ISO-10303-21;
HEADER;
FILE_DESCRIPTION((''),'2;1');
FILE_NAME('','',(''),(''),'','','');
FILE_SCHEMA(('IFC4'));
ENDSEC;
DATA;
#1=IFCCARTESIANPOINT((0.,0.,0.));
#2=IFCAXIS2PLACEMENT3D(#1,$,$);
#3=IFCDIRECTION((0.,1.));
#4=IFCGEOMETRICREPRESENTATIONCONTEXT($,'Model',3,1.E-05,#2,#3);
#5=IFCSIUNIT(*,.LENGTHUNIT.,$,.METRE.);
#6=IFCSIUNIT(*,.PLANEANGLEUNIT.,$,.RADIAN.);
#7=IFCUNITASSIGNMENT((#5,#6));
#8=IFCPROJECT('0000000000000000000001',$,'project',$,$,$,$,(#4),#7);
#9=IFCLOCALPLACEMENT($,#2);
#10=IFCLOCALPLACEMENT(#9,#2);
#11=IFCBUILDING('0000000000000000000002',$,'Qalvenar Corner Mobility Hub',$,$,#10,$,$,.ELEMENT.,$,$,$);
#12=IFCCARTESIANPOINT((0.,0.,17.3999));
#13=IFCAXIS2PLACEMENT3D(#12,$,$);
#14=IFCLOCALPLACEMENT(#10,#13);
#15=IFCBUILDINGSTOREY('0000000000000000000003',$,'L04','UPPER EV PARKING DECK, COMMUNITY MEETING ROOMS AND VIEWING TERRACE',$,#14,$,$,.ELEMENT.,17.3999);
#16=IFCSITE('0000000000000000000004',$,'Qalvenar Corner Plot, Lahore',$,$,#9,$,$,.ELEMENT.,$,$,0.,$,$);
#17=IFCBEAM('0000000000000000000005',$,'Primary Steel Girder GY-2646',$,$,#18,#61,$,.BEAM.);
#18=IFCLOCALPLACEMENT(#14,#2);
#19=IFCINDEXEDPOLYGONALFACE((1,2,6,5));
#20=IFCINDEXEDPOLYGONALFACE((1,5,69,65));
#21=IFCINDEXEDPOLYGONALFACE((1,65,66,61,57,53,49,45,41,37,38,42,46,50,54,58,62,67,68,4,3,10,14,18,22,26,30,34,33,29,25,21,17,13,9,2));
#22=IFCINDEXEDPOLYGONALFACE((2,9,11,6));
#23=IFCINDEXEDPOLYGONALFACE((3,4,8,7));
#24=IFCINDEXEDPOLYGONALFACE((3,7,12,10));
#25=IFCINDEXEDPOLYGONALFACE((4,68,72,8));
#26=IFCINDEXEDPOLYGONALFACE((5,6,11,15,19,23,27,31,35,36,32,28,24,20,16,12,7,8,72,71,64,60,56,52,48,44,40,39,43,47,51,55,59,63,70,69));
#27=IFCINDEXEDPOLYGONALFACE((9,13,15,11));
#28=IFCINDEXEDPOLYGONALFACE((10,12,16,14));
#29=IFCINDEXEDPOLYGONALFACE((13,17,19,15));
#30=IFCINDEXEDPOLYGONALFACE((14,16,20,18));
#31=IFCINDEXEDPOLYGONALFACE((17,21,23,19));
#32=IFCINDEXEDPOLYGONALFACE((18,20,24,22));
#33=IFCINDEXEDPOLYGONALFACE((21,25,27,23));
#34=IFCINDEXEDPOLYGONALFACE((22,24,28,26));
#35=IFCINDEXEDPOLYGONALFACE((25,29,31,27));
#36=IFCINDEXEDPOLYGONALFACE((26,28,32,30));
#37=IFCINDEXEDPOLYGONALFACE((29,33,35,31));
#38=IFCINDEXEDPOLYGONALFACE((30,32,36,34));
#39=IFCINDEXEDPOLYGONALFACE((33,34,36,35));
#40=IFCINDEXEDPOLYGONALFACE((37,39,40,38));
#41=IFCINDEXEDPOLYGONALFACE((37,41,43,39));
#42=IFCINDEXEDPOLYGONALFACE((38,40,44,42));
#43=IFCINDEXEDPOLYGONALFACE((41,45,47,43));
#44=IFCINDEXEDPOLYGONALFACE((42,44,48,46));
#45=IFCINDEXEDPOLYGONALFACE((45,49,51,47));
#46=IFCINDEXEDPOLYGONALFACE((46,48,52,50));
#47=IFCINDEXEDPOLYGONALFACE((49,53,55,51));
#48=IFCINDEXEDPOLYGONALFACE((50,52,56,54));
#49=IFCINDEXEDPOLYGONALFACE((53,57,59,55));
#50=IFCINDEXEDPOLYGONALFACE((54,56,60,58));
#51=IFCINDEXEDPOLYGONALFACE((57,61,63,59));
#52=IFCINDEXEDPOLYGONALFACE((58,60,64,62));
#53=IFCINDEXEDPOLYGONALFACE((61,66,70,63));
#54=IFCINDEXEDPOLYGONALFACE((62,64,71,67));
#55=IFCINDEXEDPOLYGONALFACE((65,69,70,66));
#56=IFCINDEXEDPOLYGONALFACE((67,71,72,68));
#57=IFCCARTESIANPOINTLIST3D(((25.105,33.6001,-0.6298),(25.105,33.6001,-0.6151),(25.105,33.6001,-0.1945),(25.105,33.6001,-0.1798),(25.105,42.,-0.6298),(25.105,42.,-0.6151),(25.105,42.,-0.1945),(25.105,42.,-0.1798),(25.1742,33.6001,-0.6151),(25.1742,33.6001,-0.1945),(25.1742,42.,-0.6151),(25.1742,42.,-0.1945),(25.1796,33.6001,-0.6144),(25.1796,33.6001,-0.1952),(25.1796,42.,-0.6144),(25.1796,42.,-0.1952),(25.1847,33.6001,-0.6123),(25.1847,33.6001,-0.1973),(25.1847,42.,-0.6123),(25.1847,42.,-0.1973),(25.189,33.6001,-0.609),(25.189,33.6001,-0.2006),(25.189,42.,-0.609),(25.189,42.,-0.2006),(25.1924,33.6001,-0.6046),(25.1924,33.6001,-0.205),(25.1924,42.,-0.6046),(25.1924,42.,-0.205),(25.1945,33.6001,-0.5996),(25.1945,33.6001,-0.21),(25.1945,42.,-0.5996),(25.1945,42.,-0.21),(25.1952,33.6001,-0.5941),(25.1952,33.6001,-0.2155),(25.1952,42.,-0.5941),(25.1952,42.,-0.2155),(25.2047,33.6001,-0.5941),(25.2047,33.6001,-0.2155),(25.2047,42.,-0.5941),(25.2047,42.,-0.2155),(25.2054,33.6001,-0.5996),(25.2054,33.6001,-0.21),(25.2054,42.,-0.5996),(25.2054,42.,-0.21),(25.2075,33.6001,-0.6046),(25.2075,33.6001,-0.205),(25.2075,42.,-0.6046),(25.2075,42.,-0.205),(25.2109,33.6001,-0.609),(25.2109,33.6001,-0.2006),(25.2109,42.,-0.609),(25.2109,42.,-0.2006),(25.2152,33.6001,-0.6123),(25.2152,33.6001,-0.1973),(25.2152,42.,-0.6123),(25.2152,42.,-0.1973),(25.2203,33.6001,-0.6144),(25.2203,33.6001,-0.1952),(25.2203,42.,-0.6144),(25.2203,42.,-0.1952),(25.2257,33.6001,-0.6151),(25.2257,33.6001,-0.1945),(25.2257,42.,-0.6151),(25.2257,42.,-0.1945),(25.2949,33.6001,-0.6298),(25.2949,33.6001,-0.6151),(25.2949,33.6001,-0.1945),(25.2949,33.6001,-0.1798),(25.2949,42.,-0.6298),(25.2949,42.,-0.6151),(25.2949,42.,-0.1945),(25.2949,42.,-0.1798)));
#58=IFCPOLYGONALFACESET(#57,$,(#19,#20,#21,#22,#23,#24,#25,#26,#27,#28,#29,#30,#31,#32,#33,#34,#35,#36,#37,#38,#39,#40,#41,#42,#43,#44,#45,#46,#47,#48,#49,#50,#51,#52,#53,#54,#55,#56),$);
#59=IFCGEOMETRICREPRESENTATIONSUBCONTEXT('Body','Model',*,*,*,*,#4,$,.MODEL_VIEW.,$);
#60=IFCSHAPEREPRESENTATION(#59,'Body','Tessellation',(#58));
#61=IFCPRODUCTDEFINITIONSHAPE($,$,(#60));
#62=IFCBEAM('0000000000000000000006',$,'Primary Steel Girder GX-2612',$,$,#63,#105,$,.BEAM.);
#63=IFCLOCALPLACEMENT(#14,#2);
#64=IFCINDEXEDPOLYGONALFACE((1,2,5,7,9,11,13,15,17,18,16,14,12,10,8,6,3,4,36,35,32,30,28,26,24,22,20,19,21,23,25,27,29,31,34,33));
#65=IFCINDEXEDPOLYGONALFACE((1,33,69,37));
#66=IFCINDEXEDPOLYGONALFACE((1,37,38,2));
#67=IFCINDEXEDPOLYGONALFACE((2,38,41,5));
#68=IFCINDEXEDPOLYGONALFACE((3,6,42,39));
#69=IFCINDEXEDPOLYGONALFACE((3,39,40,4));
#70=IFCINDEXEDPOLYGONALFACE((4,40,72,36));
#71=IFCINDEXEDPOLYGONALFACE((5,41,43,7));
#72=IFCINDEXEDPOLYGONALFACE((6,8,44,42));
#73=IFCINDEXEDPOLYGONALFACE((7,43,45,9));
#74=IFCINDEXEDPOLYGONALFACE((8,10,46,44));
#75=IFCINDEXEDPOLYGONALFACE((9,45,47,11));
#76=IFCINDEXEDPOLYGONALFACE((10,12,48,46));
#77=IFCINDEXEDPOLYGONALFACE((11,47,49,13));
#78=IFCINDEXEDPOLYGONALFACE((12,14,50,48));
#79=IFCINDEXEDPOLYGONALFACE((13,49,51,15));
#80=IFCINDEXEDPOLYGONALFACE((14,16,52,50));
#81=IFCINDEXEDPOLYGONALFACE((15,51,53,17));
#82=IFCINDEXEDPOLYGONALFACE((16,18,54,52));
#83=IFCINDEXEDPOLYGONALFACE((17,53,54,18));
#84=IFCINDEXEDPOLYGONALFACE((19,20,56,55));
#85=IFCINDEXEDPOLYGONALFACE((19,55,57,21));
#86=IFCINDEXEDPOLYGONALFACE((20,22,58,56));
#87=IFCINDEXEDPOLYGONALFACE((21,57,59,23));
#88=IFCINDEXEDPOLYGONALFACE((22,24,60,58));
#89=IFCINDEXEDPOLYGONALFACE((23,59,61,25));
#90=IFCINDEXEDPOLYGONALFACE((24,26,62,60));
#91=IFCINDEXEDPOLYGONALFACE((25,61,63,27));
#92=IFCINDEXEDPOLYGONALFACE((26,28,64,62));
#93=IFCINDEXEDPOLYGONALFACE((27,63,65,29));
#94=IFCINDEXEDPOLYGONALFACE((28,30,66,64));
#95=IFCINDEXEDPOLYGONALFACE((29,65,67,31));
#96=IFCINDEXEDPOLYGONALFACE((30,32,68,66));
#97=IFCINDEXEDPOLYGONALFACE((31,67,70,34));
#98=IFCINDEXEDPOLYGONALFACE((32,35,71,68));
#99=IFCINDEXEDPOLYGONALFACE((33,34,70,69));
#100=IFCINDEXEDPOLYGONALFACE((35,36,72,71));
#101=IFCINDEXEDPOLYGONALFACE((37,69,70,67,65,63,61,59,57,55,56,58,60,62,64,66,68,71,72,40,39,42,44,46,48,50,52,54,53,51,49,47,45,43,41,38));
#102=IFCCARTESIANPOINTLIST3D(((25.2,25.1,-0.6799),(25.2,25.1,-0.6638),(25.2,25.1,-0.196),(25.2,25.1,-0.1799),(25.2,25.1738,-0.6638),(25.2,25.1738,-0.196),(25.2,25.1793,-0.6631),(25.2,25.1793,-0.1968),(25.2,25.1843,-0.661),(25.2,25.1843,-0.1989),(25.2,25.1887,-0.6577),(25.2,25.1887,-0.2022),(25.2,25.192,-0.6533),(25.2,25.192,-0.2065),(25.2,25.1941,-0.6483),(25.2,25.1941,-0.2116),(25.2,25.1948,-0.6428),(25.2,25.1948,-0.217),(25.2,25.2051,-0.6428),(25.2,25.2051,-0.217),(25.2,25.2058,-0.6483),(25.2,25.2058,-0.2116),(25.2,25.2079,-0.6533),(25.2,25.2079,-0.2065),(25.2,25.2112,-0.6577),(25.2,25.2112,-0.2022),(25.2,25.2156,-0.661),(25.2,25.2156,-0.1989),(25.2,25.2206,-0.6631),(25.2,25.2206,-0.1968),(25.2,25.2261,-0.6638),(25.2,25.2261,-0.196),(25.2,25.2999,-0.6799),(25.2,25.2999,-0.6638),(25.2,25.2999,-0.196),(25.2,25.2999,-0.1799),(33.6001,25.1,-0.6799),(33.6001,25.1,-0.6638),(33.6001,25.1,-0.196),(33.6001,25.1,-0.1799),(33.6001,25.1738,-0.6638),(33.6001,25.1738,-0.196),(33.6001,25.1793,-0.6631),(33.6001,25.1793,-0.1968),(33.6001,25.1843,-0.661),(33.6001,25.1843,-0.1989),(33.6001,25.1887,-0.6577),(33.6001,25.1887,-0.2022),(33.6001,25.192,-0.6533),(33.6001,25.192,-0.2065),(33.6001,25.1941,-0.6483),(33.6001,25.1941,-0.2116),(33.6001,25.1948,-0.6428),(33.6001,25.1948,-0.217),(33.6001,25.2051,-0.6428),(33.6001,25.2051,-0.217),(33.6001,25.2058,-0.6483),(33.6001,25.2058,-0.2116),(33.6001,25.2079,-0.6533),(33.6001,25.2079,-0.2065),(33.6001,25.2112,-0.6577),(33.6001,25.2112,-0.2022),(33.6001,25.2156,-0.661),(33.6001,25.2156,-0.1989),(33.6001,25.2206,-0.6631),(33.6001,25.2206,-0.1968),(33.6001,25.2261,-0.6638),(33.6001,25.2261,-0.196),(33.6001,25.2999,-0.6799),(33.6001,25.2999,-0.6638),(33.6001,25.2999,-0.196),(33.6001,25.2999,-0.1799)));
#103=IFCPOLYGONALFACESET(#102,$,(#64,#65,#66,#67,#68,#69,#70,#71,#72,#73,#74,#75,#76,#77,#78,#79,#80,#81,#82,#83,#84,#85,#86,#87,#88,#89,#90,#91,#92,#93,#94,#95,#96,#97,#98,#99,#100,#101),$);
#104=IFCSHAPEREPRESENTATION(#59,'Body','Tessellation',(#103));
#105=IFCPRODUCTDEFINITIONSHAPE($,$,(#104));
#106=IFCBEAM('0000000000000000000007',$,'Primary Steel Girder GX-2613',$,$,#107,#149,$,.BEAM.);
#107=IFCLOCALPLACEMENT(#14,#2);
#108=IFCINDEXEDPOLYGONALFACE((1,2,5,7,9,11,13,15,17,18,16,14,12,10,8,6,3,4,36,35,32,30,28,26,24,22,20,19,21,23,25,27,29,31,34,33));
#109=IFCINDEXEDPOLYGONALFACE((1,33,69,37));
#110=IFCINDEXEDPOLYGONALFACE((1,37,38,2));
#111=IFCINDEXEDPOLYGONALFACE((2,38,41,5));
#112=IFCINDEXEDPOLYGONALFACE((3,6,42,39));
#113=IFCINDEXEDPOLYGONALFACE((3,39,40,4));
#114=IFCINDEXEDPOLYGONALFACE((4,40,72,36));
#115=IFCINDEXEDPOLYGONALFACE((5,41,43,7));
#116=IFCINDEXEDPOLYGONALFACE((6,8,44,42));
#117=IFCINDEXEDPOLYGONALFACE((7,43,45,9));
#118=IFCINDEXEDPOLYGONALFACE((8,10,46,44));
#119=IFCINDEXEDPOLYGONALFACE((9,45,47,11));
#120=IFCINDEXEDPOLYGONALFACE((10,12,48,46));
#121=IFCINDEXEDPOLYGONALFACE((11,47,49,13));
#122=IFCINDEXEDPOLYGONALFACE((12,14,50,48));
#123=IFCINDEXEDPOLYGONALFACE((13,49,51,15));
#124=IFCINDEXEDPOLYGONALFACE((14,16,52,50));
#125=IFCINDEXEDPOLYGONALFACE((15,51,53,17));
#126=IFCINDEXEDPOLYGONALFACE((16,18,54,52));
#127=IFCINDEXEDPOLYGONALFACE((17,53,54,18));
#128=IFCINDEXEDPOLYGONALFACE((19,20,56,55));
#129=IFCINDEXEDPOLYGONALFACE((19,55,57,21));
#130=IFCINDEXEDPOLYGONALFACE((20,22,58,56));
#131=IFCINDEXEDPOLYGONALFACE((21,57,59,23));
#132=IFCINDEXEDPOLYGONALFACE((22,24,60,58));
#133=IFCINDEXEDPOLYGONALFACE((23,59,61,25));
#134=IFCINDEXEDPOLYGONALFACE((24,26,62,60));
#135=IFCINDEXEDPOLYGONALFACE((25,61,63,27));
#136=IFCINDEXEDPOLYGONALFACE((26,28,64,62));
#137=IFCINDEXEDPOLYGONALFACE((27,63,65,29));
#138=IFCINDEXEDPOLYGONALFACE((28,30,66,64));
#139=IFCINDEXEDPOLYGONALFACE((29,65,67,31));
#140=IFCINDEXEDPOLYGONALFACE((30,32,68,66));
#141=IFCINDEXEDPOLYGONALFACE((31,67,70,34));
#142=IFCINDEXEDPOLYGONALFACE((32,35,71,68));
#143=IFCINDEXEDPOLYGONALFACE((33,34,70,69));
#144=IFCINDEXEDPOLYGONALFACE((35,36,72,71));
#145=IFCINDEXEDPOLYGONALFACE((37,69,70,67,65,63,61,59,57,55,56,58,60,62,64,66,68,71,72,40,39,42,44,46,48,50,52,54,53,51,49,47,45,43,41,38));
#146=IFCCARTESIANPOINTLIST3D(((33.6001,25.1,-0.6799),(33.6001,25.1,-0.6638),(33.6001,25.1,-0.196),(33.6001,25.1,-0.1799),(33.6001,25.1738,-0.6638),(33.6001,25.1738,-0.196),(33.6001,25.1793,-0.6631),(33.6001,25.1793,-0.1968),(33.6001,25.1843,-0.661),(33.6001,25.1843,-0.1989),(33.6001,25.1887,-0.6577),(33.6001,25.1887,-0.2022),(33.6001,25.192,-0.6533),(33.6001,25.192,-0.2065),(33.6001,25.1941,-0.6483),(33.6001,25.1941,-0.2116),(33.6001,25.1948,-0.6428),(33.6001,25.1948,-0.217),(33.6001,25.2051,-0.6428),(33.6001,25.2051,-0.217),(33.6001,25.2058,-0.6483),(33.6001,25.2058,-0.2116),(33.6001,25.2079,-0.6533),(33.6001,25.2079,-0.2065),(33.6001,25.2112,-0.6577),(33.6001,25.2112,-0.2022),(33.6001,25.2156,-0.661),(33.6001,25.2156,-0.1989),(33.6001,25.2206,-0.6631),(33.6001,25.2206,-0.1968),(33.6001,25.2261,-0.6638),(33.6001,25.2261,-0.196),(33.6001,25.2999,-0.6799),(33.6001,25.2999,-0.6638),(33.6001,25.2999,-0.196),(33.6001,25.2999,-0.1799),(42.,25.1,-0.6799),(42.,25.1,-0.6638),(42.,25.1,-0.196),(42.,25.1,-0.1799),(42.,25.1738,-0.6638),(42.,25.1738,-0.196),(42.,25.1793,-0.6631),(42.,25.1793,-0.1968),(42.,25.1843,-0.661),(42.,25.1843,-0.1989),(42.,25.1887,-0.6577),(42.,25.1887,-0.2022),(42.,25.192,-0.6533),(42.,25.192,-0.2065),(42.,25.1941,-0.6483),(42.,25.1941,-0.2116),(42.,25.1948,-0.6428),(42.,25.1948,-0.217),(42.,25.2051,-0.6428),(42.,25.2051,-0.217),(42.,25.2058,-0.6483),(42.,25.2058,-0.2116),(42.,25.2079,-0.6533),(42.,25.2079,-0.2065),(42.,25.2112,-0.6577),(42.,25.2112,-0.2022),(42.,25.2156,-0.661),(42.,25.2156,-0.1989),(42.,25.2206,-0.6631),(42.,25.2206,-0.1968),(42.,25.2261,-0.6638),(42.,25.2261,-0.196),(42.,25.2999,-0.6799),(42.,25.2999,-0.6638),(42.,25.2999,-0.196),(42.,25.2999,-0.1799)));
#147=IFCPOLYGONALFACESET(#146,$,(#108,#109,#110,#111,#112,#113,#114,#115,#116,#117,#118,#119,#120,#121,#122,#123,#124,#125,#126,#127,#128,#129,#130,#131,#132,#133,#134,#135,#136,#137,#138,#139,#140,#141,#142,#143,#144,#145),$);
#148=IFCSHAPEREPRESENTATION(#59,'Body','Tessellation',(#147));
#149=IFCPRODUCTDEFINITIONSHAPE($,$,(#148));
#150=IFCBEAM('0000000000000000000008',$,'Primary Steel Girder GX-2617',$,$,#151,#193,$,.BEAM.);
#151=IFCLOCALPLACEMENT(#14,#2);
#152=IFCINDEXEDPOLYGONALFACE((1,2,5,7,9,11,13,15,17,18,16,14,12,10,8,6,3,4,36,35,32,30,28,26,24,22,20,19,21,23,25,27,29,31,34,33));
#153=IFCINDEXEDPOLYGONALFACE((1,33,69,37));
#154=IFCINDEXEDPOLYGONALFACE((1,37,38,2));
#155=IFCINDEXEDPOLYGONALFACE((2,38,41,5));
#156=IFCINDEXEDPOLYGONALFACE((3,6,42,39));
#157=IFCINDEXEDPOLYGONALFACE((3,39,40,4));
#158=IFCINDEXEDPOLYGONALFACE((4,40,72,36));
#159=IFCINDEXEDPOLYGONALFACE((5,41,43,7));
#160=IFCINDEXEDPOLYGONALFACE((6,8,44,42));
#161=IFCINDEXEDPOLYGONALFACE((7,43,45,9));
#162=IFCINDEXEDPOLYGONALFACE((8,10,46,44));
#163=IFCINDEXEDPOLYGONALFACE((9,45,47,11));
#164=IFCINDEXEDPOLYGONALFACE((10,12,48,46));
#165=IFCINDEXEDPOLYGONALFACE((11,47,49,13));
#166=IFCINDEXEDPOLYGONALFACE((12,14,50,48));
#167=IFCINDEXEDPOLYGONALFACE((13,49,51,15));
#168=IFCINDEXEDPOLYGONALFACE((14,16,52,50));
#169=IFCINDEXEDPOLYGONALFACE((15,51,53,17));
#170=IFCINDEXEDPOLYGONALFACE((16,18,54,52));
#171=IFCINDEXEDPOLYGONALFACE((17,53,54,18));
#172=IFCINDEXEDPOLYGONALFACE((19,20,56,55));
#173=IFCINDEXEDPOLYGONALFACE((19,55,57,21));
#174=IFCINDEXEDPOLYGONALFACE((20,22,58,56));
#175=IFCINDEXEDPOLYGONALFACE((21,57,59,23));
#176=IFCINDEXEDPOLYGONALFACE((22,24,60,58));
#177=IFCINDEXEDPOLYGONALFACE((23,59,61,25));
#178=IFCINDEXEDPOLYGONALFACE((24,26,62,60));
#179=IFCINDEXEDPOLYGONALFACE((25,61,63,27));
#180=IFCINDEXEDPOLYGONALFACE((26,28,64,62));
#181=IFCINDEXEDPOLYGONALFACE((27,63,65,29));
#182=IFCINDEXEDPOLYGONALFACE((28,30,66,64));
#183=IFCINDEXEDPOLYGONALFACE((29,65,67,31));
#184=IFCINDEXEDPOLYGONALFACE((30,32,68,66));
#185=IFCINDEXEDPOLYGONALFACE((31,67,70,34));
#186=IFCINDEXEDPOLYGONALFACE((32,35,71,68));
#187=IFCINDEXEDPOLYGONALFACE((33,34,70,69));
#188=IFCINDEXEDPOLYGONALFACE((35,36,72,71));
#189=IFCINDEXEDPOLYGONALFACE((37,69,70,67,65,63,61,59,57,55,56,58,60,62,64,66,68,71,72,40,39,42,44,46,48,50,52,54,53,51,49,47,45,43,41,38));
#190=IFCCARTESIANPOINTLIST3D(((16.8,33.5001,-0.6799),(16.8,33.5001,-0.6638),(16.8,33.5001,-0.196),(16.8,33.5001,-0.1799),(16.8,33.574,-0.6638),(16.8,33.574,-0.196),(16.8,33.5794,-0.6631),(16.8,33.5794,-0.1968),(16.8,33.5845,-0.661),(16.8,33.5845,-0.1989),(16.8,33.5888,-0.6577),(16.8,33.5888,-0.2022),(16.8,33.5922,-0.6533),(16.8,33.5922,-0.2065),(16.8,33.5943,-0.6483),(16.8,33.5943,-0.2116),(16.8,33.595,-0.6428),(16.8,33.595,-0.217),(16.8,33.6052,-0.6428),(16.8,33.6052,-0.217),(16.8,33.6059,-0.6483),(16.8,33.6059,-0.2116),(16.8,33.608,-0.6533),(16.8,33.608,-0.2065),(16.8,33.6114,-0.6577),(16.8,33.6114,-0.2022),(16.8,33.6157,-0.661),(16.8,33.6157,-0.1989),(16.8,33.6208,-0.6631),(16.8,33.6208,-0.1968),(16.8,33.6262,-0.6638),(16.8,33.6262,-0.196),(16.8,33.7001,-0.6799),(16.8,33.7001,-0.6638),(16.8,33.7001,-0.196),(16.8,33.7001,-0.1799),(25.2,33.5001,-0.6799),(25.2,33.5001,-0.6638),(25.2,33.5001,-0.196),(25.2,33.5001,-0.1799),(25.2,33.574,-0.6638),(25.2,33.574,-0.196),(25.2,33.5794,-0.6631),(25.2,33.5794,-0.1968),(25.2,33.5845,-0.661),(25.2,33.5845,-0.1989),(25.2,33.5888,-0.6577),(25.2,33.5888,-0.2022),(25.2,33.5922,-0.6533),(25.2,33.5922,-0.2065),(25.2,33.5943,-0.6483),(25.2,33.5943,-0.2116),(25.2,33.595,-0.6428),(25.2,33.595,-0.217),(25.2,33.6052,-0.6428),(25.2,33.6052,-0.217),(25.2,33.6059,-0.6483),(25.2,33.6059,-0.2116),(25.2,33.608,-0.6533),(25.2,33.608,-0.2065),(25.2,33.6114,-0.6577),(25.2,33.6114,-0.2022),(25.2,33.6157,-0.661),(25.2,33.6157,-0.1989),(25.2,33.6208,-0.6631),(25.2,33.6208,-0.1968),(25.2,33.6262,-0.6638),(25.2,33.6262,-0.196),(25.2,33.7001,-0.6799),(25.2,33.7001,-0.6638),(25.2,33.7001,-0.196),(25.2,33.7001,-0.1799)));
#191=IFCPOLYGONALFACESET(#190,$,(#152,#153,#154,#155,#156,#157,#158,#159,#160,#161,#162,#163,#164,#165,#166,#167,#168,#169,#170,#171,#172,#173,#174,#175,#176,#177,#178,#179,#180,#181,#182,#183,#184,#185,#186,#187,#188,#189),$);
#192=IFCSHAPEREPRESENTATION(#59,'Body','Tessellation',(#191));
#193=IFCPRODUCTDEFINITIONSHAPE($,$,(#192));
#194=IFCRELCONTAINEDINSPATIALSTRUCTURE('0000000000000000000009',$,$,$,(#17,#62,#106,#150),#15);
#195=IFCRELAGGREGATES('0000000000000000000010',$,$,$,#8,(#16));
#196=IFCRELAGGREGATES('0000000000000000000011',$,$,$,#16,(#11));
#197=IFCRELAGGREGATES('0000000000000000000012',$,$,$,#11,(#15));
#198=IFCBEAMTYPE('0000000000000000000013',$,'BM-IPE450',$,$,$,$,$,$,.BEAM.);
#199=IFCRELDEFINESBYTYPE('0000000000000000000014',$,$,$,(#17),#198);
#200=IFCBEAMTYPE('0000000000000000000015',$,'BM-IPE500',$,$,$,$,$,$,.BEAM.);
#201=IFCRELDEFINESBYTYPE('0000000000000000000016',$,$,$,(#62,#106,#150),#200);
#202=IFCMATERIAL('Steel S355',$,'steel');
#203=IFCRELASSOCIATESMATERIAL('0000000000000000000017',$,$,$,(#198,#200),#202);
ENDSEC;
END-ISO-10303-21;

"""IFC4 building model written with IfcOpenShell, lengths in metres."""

from ifc_helpers import new_model, si_unit, direction, frame, origin, origin_2d, place, context, subcontext, project, spatial, i_section, extrude, material, material_profile, profile_set, type_object, element, save


model = new_model("IFC4")

# Units and contexts
model_context = context("Model", 3, precision=1e-05, world=origin(), true_north=direction((0.0, 1.0)))
body_context = subcontext(model_context, "Body", "Model", "MODEL_VIEW")
ifc_project = project(units=[si_unit("LENGTHUNIT", "METRE"), si_unit("PLANEANGLEUNIT", "RADIAN")], contexts=[model_context])

# Site, building, storey
site_placement = place(None, origin())
site = spatial("IfcSite", under=ifc_project, at=site_placement, Name="Qalvenar Corner Plot, Lahore", CompositionType="ELEMENT", RefElevation=0.0)
building_placement = place(site_placement, origin())
building = spatial("IfcBuilding", under=site, at=building_placement, Name="Qalvenar Corner Mobility Hub", CompositionType="ELEMENT")
storey_placement = place(building_placement, frame((0.0, 0.0, 17.3999)))
storey = spatial("IfcBuildingStorey", under=building, at=storey_placement, Name="L04", Description="UPPER EV PARKING DECK, COMMUNITY MEETING ROOMS AND VIEWING TERRACE", CompositionType="ELEMENT", Elevation=17.3999)

# Shared definitions
ifc_material_1 = material(Name="Steel S355", Category="steel")

# Beams
ifc_material_profile_1 = material_profile(ifc_material_1, i_section(OverallWidth=0.1899, OverallDepth=0.45, WebThickness=0.0095, FlangeThickness=0.0146, FilletRadius=0.021, at=origin_2d()), Name="IPE450")
ifc_profile_set_1 = profile_set([ifc_material_profile_1], Name="Steel S355")
beam_type_1 = type_object("IfcBeamType", Name="BM-IPE450", PredefinedType="BEAM", material=ifc_profile_set_1)
beam_1_placement = place(storey_placement, frame((25.2, 33.6001, -0.4048), z_axis=(0.0, 1.0, 0.0), x_axis=(-1.0, 0.0, 0.0)))
element("IfcBeam", 1, at=beam_1_placement, inside=storey, type_object=beam_type_1, Name="Primary Steel Girder GY-2646", PredefinedType="BEAM", context=body_context, shape_type="SweptSolid", body=[
    extrude(i_section(OverallWidth=0.1899, OverallDepth=0.45, WebThickness=0.0095, FlangeThickness=0.0146, FilletRadius=0.021, at=origin_2d()), origin(), (0.0, 0.0, 1.0), 8.3999),
])
ifc_material_profile_2 = material_profile(ifc_material_1, i_section(OverallWidth=0.2, OverallDepth=0.5, WebThickness=0.0103, FlangeThickness=0.0161, FilletRadius=0.021, at=origin_2d()), Name="IPE500")
ifc_profile_set_2 = profile_set([ifc_material_profile_2], Name="Steel S355")
beam_type_2 = type_object("IfcBeamType", Name="BM-IPE500", PredefinedType="BEAM", material=ifc_profile_set_2)
beam_2_placement = place(storey_placement, frame((25.2, 25.2, -0.4299), z_axis=(1.0, 0.0, 0.0), x_axis=(0.0, 1.0, 0.0)))
element("IfcBeam", 2, at=beam_2_placement, inside=storey, type_object=beam_type_2, Name="Primary Steel Girder GX-2612", PredefinedType="BEAM", context=body_context, shape_type="SweptSolid", body=[
    extrude(i_section(OverallWidth=0.2, OverallDepth=0.5, WebThickness=0.0103, FlangeThickness=0.0161, FilletRadius=0.021, at=origin_2d()), origin(), (0.0, 0.0, 1.0), 8.4001),
])
for number, where, z_axis, x_axis, name in (
    (3, (33.6001, 25.2, -0.4299), (1.0, 0.0, 0.0), (0.0, 1.0, 0.0), "Primary Steel Girder GX-2613"),
    (4, (16.8, 33.6001, -0.4299), (1.0, 0.0, 0.0), (0.0, 1.0, 0.0), "Primary Steel Girder GX-2617"),
):
    element("IfcBeam", number, at=place(storey_placement, frame(where, z_axis=z_axis, x_axis=x_axis)), inside=storey, type_object=beam_type_2, Name=name, PredefinedType="BEAM", context=body_context, shape_type="SweptSolid", body=[
        extrude(i_section(OverallWidth=0.2, OverallDepth=0.5, WebThickness=0.0103, FlangeThickness=0.0161, FilletRadius=0.021, at=origin_2d()), origin(), (0.0, 0.0, 1.0), 8.3999),
    ])

save(model, "model.ifc")
